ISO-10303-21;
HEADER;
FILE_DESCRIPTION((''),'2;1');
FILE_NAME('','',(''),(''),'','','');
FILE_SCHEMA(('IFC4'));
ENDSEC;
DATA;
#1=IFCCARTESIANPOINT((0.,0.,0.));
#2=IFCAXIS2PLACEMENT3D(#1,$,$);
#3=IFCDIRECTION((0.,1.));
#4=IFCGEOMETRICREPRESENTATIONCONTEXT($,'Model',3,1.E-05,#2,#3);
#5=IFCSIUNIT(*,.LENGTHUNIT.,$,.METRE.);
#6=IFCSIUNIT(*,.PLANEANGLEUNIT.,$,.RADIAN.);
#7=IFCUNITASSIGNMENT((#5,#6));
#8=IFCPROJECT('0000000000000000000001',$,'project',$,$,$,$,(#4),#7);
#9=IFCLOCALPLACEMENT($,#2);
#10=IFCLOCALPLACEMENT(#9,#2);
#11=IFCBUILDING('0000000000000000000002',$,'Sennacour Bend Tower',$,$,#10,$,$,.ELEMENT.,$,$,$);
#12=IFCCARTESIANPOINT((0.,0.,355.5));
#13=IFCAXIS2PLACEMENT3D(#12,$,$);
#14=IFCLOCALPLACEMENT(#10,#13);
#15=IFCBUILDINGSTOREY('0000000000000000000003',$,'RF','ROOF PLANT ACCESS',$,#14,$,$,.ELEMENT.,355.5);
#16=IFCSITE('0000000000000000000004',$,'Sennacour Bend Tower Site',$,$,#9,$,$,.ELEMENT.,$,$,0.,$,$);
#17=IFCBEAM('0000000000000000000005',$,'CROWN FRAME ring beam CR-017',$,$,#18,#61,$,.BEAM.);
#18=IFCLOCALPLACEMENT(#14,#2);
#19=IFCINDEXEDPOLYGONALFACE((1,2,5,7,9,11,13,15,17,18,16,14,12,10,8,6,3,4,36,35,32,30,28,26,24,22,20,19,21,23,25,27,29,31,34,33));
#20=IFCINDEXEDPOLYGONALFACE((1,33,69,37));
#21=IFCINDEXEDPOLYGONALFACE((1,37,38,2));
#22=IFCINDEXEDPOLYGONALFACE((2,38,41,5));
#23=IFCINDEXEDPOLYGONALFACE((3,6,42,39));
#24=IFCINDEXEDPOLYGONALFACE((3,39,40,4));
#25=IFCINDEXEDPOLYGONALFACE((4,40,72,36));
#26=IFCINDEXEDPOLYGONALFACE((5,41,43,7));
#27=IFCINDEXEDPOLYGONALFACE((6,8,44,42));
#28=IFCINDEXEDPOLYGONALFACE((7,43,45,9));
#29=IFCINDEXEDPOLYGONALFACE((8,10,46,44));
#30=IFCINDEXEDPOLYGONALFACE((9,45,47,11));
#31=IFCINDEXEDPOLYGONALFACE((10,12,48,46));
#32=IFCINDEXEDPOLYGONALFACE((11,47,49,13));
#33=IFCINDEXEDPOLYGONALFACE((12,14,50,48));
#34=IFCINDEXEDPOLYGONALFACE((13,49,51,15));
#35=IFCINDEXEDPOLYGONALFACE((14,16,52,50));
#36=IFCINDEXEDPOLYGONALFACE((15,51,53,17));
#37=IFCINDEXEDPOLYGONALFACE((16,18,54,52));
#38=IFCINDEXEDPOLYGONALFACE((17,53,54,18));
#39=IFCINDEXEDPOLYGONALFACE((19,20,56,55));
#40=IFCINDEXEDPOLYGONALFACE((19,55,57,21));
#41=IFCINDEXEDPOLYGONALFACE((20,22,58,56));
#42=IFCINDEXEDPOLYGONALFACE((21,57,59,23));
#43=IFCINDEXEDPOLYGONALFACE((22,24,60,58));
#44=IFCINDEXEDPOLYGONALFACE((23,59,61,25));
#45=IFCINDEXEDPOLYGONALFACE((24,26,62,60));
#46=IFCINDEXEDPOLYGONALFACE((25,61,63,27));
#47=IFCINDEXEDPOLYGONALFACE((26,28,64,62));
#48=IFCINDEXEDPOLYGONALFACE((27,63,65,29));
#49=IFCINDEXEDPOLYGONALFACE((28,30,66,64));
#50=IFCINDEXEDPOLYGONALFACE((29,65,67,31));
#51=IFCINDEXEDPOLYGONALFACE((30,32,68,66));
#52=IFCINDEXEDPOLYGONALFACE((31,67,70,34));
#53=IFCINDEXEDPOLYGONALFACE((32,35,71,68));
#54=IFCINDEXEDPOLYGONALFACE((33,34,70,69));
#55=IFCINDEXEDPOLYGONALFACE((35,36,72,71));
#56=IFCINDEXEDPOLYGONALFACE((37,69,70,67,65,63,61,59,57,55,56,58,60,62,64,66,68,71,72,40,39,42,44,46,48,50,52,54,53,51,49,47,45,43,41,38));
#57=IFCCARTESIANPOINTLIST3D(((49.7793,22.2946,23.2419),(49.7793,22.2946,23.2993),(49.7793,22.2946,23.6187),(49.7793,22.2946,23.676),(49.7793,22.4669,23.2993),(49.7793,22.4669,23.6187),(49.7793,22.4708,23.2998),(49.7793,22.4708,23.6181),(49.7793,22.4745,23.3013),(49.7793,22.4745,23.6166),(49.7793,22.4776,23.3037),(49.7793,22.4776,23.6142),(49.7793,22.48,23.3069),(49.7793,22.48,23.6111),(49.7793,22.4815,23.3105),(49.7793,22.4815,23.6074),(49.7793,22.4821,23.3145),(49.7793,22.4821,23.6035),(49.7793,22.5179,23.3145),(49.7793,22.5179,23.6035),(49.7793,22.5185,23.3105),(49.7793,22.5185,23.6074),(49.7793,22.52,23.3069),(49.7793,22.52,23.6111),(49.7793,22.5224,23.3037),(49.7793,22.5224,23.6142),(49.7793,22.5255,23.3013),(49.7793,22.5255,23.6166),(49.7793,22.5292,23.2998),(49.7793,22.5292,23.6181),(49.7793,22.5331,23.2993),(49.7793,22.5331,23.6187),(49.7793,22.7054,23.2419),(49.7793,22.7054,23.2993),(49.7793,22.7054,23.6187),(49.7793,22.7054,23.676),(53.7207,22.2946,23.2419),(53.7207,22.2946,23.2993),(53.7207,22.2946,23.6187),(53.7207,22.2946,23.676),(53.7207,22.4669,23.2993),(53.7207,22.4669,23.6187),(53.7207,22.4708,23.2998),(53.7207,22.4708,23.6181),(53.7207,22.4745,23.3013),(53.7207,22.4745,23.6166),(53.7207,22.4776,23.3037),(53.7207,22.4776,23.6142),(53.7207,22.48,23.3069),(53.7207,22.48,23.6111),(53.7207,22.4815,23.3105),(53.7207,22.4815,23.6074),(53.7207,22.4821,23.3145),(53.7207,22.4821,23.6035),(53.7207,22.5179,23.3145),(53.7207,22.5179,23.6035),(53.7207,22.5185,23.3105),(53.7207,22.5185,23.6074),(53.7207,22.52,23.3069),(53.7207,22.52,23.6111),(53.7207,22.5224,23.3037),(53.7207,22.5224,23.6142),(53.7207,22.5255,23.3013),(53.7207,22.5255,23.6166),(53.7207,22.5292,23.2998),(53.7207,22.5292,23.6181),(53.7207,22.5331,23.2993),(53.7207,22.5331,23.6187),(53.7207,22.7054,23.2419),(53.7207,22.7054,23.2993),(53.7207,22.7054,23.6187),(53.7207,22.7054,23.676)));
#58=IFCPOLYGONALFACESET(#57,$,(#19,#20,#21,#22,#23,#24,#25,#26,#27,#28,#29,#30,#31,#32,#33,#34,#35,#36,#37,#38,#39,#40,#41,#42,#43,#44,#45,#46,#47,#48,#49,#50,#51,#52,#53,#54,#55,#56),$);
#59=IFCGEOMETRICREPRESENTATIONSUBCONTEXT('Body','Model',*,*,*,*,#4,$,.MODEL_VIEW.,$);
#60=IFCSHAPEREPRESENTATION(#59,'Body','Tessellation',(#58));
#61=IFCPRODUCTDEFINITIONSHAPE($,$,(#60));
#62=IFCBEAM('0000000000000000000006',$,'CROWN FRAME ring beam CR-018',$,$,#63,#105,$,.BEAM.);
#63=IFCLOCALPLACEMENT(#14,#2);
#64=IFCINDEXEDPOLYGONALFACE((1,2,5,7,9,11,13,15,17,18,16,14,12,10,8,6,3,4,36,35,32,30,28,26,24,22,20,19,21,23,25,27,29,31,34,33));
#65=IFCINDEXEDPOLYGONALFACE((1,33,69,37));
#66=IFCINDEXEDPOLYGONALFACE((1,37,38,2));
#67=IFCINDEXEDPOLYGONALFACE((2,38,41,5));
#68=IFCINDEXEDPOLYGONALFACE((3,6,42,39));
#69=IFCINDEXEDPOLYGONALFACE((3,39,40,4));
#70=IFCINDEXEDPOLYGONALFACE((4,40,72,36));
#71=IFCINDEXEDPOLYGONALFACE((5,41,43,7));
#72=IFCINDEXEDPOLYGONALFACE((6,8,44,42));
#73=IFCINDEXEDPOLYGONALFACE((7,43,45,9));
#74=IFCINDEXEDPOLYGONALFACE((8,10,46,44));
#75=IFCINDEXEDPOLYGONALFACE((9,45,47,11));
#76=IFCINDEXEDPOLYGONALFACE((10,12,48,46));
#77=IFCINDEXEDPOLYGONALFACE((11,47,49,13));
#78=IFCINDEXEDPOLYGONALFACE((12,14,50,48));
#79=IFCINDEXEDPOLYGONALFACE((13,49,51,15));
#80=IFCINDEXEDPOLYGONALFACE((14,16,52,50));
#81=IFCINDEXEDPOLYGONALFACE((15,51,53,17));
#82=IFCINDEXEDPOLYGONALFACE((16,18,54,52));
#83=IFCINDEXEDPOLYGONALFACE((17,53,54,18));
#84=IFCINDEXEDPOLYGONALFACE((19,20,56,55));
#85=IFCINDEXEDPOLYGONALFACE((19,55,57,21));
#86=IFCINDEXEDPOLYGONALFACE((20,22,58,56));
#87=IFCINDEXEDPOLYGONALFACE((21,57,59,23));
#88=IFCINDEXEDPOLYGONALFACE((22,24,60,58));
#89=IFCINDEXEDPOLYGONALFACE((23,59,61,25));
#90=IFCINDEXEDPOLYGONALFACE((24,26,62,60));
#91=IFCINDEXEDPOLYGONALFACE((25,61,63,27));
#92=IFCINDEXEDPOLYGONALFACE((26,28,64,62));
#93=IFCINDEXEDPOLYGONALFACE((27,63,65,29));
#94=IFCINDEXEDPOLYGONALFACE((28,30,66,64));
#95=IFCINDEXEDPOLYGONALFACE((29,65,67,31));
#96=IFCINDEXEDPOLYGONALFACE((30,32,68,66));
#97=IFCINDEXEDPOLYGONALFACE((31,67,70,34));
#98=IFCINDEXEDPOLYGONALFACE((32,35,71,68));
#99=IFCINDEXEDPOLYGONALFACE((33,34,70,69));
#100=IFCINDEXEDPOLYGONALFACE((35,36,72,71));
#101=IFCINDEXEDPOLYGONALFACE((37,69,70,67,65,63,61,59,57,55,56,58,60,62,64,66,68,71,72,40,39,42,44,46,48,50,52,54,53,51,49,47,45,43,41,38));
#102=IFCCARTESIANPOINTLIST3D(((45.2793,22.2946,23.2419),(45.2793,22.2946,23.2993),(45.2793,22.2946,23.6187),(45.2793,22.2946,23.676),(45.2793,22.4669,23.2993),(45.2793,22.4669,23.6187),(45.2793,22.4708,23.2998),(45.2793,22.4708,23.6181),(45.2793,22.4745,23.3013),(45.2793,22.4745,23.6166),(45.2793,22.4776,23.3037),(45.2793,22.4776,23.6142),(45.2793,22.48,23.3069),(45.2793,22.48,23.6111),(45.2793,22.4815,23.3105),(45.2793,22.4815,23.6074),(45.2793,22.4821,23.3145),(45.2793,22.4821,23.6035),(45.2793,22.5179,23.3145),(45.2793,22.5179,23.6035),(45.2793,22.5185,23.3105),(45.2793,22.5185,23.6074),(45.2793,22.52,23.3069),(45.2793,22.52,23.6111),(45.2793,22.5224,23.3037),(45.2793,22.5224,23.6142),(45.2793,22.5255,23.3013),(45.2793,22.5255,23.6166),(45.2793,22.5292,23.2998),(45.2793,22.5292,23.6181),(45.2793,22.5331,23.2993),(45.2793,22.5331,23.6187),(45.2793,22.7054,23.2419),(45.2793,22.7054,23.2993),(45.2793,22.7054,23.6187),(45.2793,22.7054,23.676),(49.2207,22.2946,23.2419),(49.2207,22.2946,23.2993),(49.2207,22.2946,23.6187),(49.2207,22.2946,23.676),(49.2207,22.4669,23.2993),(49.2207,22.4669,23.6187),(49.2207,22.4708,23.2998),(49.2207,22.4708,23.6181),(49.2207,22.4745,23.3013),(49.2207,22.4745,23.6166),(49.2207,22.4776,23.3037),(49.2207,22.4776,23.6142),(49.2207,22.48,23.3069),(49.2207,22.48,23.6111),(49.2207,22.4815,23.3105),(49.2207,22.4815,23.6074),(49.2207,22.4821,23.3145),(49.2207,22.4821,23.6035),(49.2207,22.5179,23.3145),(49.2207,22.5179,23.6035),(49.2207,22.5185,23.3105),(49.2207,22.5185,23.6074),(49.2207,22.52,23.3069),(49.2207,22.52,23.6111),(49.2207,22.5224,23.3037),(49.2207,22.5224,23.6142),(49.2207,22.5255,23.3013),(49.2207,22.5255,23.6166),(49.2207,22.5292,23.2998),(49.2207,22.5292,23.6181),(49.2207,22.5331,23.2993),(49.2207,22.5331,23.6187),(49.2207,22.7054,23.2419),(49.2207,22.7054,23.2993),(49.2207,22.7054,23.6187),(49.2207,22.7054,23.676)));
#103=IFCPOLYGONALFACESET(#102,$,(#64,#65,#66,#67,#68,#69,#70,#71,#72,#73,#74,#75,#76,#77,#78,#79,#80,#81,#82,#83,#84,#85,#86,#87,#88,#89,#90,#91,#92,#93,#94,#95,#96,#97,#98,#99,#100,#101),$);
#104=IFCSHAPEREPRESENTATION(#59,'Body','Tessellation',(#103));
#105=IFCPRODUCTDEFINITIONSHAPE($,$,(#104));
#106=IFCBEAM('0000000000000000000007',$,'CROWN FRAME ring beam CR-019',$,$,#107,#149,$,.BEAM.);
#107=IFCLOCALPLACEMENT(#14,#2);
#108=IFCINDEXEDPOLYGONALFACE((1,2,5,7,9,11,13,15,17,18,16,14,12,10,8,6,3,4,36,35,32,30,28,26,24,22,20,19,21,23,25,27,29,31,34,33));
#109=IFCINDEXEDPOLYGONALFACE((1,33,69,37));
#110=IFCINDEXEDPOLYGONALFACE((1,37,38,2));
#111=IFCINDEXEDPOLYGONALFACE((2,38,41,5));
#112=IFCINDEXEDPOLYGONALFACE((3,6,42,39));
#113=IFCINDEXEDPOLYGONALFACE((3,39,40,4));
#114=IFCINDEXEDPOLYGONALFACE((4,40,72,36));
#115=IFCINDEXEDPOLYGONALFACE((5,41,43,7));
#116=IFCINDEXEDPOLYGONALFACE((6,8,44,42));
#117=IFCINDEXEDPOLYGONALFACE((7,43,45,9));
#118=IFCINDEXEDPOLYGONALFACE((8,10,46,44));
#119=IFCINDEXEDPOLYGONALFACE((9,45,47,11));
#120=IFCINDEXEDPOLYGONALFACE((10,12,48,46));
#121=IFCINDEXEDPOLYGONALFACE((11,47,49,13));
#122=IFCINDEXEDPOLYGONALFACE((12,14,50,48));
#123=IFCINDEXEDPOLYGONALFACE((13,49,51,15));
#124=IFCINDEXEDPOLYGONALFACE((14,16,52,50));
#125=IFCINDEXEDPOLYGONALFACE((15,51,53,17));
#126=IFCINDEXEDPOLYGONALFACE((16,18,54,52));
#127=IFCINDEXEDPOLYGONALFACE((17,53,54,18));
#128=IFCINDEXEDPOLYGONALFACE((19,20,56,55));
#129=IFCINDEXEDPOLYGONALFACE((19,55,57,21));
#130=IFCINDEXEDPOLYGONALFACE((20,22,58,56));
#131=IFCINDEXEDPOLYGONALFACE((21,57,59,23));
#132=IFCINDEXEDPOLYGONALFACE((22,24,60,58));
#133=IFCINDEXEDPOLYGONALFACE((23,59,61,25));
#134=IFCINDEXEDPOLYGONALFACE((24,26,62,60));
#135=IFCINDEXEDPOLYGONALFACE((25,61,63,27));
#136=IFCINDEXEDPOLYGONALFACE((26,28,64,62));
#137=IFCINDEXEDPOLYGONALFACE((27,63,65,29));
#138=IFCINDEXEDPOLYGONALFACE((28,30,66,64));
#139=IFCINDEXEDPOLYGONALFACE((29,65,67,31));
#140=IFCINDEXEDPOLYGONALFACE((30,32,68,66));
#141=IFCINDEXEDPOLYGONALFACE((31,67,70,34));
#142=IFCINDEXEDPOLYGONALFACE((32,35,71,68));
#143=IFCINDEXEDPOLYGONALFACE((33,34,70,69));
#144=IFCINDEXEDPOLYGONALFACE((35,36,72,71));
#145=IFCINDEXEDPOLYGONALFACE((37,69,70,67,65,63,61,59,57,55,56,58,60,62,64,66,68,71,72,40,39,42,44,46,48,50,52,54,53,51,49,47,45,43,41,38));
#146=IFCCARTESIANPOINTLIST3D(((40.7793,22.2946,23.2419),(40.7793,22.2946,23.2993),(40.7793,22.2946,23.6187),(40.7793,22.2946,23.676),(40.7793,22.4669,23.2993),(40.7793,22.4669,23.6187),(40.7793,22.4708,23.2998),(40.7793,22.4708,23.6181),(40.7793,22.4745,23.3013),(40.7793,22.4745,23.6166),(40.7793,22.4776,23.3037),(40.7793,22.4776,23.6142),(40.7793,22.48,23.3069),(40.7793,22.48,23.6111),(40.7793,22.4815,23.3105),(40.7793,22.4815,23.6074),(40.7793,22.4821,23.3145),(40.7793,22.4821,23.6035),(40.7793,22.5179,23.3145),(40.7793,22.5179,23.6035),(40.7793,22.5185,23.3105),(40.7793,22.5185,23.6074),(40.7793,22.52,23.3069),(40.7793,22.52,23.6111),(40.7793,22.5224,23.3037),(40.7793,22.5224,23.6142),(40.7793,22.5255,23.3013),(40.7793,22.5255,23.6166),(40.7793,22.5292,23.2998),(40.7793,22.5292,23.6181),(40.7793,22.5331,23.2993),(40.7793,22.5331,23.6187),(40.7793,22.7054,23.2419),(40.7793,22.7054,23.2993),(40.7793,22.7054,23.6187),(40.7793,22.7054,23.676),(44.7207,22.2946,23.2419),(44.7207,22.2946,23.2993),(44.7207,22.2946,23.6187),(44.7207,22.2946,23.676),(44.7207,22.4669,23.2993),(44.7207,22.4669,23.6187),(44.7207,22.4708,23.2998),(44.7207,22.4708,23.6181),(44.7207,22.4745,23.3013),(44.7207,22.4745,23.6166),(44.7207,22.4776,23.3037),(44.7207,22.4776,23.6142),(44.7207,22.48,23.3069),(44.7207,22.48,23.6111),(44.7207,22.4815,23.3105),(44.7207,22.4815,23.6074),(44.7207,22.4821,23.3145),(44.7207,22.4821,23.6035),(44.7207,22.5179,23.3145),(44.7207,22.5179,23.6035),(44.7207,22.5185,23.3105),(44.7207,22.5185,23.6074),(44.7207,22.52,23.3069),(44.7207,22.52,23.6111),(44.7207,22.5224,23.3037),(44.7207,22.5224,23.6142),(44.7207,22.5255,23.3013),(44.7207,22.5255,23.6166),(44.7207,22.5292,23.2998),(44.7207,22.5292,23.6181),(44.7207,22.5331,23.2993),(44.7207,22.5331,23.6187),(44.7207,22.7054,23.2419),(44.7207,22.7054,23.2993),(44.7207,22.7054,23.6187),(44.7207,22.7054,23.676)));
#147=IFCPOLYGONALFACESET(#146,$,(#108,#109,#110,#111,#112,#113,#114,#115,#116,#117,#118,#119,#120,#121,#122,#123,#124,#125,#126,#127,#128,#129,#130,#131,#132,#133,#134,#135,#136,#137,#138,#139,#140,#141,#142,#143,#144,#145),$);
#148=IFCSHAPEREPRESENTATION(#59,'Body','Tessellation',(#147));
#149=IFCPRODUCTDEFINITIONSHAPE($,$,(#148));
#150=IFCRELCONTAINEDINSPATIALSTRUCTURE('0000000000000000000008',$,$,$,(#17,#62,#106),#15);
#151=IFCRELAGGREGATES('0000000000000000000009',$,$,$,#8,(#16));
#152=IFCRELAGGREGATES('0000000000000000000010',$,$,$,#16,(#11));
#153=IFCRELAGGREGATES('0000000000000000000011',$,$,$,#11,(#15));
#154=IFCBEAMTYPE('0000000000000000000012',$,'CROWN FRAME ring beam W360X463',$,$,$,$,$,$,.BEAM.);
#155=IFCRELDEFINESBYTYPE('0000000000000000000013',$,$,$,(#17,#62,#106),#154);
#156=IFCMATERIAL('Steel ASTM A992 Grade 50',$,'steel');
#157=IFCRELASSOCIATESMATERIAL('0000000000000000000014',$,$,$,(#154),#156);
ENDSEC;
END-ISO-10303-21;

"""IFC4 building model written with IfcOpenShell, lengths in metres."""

from ifc_helpers import new_model, si_unit, direction, frame, origin, origin_2d, place, context, subcontext, project, spatial, i_section, extrude, material, material_profile, profile_set, type_object, element, save


model = new_model("IFC4")

# Units and contexts
model_context = context("Model", 3, precision=1e-05, world=origin(), true_north=direction((0.0, 1.0)))
body_context = subcontext(model_context, "Body", "Model", "MODEL_VIEW")
ifc_project = project(units=[si_unit("LENGTHUNIT", "METRE"), si_unit("PLANEANGLEUNIT", "RADIAN")], contexts=[model_context])

# Site, building, storey
site_placement = place(None, origin())
site = spatial("IfcSite", under=ifc_project, at=site_placement, Name="Sennacour Bend Tower Site", CompositionType="ELEMENT", RefElevation=0.0)
building_placement = place(site_placement, origin())
building = spatial("IfcBuilding", under=site, at=building_placement, Name="Sennacour Bend Tower", CompositionType="ELEMENT")
storey_placement = place(building_placement, frame((0.0, 0.0, 355.5)))
storey = spatial("IfcBuildingStorey", under=building, at=storey_placement, Name="RF", Description="ROOF PLANT ACCESS", CompositionType="ELEMENT", Elevation=355.5)

# Beams
ifc_material_1 = material(Name="Steel ASTM A992 Grade 50", Category="steel")
ifc_material_profile_1 = material_profile(ifc_material_1, i_section(OverallWidth=0.4109, OverallDepth=0.4341, WebThickness=0.0359, FlangeThickness=0.0574, FilletRadius=0.0151, at=origin_2d()), Name="Steel ASTM A992 Grade 50", Category="steel")
ifc_profile_set_1 = profile_set([ifc_material_profile_1], Name="Steel ASTM A992 Grade 50")
beam_type = type_object("IfcBeamType", Name="CROWN FRAME ring beam W360X463", PredefinedType="BEAM", material=ifc_profile_set_1)
for number, where, z_axis, x_axis, name in (
    (1, (53.7207, 22.5, 23.459), (-1.0, 0.0, 0.0), (0.0, -1.0, 0.0), "CROWN FRAME ring beam CR-017"),
    (2, (49.2207, 22.5, 23.459), (-1.0, 0.0, 0.0), (0.0, -1.0, 0.0), "CROWN FRAME ring beam CR-018"),
    (3, (44.7207, 22.5, 23.459), (-1.0, 0.0, 0.0), (0.0, -1.0, 0.0), "CROWN FRAME ring beam CR-019"),
):
    element("IfcBeam", number, at=place(storey_placement, frame(where, z_axis=z_axis, x_axis=x_axis)), inside=storey, type_object=beam_type, Name=name, PredefinedType="BEAM", context=body_context, shape_type="SweptSolid", body=[
        extrude(i_section(OverallWidth=0.4109, OverallDepth=0.4341, WebThickness=0.0359, FlangeThickness=0.0574, FilletRadius=0.0151, at=origin_2d()), origin(), (0.0, 0.0, 1.0), 3.9414),
    ])

save(model, "model.ifc")
